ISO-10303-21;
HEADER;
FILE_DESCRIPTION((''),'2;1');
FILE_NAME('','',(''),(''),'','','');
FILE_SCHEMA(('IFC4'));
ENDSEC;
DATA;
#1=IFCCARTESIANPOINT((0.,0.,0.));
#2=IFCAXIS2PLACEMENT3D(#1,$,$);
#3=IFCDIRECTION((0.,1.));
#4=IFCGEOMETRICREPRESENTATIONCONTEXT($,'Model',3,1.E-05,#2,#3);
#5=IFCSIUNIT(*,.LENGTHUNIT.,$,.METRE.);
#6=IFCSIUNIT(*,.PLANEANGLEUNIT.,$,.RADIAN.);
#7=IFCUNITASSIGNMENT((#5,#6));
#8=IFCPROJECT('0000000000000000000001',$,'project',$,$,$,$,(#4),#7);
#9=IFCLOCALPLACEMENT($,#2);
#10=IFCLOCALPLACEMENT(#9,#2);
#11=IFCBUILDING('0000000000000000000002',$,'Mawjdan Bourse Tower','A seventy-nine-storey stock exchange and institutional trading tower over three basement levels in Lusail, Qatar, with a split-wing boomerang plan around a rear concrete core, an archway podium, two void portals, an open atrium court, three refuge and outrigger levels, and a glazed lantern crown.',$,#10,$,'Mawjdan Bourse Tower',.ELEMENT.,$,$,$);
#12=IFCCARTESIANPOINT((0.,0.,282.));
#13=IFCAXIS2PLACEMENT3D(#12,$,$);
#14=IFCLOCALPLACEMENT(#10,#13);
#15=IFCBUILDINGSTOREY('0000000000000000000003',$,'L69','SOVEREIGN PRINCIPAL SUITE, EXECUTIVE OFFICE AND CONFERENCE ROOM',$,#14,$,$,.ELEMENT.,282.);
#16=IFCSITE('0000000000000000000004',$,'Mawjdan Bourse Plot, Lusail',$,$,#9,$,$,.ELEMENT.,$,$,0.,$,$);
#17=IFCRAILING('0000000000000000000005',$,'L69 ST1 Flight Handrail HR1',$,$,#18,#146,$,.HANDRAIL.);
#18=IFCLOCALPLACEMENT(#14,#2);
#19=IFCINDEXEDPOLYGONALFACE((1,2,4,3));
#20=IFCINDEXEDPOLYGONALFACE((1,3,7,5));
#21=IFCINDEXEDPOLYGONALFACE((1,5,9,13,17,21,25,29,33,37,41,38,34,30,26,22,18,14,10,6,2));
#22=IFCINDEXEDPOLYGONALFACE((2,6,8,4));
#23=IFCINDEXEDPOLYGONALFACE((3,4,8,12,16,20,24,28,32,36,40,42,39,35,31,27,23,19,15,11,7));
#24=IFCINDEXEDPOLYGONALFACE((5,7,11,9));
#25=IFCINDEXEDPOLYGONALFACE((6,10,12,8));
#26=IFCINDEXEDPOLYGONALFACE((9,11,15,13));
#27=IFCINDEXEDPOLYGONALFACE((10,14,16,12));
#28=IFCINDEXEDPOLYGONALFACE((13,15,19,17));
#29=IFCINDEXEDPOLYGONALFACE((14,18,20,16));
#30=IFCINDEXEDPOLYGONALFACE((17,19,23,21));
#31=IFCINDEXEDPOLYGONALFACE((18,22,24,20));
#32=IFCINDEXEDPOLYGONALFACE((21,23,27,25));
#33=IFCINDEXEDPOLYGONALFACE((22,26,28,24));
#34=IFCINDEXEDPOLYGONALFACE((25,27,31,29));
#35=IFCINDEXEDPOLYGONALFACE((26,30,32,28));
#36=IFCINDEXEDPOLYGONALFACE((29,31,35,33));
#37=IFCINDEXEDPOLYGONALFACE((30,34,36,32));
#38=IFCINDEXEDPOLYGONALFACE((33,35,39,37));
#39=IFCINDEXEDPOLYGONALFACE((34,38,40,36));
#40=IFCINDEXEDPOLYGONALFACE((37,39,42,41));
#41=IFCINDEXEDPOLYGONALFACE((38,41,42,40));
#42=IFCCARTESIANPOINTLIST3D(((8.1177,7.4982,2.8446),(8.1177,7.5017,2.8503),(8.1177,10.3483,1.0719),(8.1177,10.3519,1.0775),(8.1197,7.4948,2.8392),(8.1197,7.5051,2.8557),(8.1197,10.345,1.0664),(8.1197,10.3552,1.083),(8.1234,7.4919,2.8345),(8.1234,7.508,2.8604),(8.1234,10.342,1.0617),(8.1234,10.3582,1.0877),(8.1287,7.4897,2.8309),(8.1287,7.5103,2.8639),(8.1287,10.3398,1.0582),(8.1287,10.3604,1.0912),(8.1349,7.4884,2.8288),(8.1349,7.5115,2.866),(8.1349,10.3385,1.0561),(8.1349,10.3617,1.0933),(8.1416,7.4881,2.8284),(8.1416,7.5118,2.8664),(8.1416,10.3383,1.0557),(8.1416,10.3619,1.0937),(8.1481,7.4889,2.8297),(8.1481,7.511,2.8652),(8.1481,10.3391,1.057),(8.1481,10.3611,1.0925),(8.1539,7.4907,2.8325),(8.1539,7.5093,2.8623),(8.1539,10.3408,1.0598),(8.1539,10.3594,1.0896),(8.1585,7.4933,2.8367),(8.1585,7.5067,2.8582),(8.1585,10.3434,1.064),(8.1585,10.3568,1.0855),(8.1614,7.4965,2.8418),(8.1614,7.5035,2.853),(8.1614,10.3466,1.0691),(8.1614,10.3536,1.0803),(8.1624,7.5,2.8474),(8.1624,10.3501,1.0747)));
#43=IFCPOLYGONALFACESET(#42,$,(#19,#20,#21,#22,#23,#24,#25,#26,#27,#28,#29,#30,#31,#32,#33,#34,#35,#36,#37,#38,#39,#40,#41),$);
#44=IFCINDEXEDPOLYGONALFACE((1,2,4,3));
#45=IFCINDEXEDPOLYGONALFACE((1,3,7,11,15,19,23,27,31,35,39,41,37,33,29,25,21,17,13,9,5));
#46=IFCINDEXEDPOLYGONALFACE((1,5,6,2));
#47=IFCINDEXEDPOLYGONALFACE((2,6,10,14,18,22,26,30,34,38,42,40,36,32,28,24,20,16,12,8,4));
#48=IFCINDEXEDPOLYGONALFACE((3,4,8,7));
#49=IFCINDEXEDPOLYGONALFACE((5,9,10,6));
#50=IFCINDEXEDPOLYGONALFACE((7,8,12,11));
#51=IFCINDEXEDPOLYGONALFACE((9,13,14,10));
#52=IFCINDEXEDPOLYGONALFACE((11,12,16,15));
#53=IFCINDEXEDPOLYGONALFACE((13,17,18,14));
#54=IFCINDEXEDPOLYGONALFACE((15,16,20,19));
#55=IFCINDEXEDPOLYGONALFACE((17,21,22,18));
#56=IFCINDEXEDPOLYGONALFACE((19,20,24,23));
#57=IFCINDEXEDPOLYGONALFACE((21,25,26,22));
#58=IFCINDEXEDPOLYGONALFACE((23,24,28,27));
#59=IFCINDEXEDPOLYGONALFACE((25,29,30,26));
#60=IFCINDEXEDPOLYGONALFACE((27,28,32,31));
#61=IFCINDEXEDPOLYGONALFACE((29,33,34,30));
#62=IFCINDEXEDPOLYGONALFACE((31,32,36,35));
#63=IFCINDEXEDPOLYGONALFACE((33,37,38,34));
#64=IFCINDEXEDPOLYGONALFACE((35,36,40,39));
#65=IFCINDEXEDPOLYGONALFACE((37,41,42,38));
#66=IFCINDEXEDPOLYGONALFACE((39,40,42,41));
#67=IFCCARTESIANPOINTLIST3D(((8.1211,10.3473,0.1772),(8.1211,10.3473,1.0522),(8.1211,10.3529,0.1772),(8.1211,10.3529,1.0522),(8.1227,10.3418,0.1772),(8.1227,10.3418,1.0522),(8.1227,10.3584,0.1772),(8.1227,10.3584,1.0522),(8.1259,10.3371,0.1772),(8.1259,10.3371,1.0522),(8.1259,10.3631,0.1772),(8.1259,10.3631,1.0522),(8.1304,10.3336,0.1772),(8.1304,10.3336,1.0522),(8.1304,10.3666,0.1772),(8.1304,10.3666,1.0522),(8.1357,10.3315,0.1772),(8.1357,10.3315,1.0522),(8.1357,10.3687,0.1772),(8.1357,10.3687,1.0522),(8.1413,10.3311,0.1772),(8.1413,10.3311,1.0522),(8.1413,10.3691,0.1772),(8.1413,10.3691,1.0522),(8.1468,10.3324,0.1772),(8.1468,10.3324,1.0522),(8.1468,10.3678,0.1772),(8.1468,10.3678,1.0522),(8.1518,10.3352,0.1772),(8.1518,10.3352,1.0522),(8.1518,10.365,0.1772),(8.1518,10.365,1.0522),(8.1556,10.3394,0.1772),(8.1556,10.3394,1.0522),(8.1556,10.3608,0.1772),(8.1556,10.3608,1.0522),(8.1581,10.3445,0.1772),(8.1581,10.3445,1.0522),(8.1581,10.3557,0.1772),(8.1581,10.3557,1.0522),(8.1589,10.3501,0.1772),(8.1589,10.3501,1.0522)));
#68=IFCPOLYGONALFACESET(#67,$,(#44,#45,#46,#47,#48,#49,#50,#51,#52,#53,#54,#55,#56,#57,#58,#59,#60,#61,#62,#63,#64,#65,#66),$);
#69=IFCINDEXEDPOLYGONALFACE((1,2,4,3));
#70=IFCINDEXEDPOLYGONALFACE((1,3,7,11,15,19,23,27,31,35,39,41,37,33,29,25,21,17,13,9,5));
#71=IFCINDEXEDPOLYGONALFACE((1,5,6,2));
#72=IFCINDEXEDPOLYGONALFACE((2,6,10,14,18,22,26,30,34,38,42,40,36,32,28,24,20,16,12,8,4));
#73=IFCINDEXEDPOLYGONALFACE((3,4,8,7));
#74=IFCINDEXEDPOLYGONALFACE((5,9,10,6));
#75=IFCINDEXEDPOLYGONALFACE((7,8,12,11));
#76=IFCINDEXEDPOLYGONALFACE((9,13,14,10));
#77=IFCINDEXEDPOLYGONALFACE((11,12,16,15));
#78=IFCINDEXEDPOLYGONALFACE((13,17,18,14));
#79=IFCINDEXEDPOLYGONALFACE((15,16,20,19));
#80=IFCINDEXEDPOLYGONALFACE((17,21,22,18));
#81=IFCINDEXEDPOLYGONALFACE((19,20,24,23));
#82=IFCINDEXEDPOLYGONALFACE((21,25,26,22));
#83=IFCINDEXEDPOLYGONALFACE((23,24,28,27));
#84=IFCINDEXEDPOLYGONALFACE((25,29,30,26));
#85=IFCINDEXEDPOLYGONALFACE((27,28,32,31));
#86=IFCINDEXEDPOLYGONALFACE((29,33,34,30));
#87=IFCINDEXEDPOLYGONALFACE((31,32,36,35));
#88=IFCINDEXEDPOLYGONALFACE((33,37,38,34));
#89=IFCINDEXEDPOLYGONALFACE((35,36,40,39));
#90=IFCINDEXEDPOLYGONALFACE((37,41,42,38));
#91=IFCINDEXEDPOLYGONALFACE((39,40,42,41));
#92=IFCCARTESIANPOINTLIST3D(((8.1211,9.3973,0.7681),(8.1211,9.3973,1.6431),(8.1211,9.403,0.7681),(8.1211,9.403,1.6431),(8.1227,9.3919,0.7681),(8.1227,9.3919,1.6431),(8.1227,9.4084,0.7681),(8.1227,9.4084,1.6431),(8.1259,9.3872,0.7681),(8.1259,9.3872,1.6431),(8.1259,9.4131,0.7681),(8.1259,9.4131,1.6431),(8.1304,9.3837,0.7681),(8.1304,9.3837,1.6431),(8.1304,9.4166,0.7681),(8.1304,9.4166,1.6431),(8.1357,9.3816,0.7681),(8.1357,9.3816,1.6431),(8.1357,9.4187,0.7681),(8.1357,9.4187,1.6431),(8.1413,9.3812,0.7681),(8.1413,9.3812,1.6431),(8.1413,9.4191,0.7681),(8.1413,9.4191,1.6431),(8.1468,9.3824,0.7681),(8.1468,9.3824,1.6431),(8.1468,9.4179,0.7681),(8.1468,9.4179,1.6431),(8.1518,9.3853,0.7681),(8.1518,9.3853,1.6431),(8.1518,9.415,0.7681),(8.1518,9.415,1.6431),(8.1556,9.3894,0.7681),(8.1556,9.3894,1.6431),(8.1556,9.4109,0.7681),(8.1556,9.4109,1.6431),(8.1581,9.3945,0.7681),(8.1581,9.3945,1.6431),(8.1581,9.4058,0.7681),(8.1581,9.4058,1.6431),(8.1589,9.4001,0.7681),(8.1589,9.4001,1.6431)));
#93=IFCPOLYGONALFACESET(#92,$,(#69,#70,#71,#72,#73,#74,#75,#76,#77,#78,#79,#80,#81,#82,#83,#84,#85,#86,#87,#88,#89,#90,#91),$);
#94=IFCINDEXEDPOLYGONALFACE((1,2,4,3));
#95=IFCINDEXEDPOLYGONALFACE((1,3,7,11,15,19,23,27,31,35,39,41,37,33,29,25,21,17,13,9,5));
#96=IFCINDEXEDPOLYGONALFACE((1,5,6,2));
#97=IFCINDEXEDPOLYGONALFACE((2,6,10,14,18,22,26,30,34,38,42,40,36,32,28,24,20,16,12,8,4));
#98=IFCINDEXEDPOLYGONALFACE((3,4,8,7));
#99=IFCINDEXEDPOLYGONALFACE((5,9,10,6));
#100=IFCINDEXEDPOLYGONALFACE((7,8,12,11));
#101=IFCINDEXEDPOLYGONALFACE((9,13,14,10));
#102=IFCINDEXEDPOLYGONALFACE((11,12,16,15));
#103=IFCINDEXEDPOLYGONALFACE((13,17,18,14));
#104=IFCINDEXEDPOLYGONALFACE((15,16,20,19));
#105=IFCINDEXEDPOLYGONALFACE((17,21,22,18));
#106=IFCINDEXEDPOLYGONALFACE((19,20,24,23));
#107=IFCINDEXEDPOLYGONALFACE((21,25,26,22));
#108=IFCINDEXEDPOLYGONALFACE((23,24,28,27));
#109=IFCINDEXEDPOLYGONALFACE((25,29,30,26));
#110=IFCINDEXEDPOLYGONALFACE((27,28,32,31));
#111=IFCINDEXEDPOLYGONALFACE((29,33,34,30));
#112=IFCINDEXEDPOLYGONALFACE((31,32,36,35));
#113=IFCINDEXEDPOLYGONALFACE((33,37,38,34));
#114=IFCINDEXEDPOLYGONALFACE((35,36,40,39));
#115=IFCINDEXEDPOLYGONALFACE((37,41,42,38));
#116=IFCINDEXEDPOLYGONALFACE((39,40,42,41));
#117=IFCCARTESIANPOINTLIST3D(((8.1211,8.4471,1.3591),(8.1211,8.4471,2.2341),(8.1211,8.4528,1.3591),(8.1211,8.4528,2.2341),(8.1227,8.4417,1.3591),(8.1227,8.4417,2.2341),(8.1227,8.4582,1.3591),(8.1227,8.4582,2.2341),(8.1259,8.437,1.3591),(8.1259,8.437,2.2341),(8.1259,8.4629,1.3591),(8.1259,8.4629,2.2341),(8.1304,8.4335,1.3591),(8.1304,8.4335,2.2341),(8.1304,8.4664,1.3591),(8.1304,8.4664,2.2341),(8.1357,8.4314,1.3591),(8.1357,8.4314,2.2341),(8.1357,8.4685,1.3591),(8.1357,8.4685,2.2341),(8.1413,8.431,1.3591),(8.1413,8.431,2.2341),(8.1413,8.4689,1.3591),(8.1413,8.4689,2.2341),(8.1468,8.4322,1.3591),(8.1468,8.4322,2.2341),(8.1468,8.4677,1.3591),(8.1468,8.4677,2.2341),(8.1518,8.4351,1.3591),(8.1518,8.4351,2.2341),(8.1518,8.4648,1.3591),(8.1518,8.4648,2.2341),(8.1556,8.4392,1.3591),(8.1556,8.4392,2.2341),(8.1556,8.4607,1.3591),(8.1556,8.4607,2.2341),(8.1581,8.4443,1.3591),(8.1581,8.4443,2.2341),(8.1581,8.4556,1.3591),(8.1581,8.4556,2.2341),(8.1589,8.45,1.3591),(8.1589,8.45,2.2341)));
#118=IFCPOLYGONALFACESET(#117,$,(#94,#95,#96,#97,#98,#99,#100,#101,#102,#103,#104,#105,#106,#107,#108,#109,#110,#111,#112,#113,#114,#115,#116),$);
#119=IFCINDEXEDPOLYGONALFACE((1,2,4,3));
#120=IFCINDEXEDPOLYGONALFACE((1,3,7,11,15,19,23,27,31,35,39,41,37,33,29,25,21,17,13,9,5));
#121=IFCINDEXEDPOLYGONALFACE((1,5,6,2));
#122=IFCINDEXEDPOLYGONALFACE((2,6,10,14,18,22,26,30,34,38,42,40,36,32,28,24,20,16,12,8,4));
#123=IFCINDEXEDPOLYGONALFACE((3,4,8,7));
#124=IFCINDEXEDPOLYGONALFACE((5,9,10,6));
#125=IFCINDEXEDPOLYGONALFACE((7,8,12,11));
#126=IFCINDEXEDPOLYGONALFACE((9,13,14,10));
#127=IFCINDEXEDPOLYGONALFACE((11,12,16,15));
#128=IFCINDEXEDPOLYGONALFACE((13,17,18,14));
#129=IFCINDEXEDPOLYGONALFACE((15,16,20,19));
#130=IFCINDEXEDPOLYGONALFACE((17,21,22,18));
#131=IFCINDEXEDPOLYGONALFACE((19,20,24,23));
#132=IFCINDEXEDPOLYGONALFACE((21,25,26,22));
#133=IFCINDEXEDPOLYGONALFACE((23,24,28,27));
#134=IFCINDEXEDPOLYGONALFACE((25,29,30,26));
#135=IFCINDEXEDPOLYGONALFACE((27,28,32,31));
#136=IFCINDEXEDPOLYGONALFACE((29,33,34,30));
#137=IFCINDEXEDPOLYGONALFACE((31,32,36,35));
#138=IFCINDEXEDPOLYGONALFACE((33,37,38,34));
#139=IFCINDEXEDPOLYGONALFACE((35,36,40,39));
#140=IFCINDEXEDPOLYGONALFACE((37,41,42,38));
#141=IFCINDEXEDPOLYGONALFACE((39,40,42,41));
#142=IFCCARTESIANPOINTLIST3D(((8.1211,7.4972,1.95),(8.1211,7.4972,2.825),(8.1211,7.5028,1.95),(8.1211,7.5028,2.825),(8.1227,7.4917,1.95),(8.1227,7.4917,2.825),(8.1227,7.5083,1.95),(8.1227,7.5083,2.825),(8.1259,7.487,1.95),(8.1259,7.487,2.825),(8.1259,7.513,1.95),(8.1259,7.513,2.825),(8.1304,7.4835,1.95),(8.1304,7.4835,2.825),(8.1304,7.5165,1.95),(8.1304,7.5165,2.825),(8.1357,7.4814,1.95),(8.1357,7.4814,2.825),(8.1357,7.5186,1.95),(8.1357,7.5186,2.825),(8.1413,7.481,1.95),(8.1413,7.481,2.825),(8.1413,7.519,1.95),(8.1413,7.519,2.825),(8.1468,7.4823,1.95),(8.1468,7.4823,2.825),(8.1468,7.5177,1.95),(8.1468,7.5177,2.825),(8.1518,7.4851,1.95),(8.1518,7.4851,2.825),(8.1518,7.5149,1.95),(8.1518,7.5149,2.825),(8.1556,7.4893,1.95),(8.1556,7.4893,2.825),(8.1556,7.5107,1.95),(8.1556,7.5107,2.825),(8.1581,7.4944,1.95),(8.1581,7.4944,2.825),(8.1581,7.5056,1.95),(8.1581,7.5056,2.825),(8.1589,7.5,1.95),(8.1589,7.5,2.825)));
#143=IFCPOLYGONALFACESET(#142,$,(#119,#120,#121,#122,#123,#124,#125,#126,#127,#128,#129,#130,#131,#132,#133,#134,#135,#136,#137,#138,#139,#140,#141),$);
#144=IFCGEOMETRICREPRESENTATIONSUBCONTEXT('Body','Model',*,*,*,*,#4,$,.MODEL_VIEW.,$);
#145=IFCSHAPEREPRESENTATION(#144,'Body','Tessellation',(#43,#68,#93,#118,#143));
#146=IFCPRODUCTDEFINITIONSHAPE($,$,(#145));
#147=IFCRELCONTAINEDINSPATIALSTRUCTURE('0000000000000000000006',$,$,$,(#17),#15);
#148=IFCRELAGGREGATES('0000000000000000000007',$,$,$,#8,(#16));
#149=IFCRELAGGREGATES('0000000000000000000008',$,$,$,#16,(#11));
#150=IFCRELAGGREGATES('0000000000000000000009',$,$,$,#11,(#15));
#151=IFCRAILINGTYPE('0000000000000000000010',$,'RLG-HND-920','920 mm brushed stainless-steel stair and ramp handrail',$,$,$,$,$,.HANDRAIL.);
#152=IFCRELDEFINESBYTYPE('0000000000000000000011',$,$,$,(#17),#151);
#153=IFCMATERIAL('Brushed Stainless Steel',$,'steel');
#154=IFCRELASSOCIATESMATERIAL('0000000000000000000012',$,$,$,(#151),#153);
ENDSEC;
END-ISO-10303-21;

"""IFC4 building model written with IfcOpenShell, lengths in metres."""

from ifc_helpers import new_model, si_unit, direction, frame, origin, origin_2d, place, context, subcontext, project, spatial, circle, extrude, material, type_object, element, save


model = new_model("IFC4")

# Units and contexts
model_context = context("Model", 3, precision=1e-05, world=origin(), true_north=direction((0.0, 1.0)))
body_context = subcontext(model_context, "Body", "Model", "MODEL_VIEW")
ifc_project = project(units=[si_unit("LENGTHUNIT", "METRE"), si_unit("PLANEANGLEUNIT", "RADIAN")], contexts=[model_context])

# Site, building, storey
site_placement = place(None, origin())
site = spatial("IfcSite", under=ifc_project, at=site_placement, Name="Mawjdan Bourse Plot, Lusail", CompositionType="ELEMENT", RefElevation=0.0)
building_placement = place(site_placement, origin())
building = spatial("IfcBuilding", under=site, at=building_placement, Name="Mawjdan Bourse Tower", Description="A seventy-nine-storey stock exchange and institutional trading tower over three basement levels in Lusail, Qatar, with a split-wing boomerang plan around a rear concrete core, an archway podium, two void portals, an open atrium court, three refuge and outrigger levels, and a glazed lantern crown.", LongName="Mawjdan Bourse Tower", CompositionType="ELEMENT")
storey_placement = place(building_placement, frame((0.0, 0.0, 282.0)))
storey = spatial("IfcBuildingStorey", under=building, at=storey_placement, Name="L69", Description="SOVEREIGN PRINCIPAL SUITE, EXECUTIVE OFFICE AND CONFERENCE ROOM", CompositionType="ELEMENT", Elevation=282.0)

# Railing
ifc_material_1 = material(Name="Brushed Stainless Steel", Category="steel")
railing_type_1 = type_object("IfcRailingType", Name="RLG-HND-920", Description="920 mm brushed stainless-steel stair and ramp handrail", PredefinedType="HANDRAIL", material=ifc_material_1)
for number, where, name in (
    (1, (8.1399, 10.3501, 0.1772), "L69 ST1 Flight Handrail HR1"),
):
    element("IfcRailing", number, at=place(storey_placement, frame(where)), inside=storey, type_object=railing_type_1, Name=name, PredefinedType="HANDRAIL", context=body_context, shape_type="SweptSolid", body=[
        extrude(circle(Radius=0.0225, at=origin_2d()), frame((0.0, 0.0, 0.8975), z_axis=(0.0, -0.849149, 0.528154), x_axis=(1.0, 0.0, 0.0)), (0.0, 0.0, 1.0), 3.3564),
        extrude(circle(Radius=0.019, at=origin_2d()), origin(), (0.0, 0.0, 1.0), 0.875),
        extrude(circle(Radius=0.019, at=origin_2d()), frame((0.0, -0.95, 0.5908)), (0.0, 0.0, 1.0), 0.875),
        extrude(circle(Radius=0.019, at=origin_2d()), frame((0.0, -1.9001, 1.1819)), (0.0, 0.0, 1.0), 0.875),
        extrude(circle(Radius=0.019, at=origin_2d()), frame((0.0, -2.8501, 1.7727)), (0.0, 0.0, 1.0), 0.875),
    ])

save(model, "model.ifc")
